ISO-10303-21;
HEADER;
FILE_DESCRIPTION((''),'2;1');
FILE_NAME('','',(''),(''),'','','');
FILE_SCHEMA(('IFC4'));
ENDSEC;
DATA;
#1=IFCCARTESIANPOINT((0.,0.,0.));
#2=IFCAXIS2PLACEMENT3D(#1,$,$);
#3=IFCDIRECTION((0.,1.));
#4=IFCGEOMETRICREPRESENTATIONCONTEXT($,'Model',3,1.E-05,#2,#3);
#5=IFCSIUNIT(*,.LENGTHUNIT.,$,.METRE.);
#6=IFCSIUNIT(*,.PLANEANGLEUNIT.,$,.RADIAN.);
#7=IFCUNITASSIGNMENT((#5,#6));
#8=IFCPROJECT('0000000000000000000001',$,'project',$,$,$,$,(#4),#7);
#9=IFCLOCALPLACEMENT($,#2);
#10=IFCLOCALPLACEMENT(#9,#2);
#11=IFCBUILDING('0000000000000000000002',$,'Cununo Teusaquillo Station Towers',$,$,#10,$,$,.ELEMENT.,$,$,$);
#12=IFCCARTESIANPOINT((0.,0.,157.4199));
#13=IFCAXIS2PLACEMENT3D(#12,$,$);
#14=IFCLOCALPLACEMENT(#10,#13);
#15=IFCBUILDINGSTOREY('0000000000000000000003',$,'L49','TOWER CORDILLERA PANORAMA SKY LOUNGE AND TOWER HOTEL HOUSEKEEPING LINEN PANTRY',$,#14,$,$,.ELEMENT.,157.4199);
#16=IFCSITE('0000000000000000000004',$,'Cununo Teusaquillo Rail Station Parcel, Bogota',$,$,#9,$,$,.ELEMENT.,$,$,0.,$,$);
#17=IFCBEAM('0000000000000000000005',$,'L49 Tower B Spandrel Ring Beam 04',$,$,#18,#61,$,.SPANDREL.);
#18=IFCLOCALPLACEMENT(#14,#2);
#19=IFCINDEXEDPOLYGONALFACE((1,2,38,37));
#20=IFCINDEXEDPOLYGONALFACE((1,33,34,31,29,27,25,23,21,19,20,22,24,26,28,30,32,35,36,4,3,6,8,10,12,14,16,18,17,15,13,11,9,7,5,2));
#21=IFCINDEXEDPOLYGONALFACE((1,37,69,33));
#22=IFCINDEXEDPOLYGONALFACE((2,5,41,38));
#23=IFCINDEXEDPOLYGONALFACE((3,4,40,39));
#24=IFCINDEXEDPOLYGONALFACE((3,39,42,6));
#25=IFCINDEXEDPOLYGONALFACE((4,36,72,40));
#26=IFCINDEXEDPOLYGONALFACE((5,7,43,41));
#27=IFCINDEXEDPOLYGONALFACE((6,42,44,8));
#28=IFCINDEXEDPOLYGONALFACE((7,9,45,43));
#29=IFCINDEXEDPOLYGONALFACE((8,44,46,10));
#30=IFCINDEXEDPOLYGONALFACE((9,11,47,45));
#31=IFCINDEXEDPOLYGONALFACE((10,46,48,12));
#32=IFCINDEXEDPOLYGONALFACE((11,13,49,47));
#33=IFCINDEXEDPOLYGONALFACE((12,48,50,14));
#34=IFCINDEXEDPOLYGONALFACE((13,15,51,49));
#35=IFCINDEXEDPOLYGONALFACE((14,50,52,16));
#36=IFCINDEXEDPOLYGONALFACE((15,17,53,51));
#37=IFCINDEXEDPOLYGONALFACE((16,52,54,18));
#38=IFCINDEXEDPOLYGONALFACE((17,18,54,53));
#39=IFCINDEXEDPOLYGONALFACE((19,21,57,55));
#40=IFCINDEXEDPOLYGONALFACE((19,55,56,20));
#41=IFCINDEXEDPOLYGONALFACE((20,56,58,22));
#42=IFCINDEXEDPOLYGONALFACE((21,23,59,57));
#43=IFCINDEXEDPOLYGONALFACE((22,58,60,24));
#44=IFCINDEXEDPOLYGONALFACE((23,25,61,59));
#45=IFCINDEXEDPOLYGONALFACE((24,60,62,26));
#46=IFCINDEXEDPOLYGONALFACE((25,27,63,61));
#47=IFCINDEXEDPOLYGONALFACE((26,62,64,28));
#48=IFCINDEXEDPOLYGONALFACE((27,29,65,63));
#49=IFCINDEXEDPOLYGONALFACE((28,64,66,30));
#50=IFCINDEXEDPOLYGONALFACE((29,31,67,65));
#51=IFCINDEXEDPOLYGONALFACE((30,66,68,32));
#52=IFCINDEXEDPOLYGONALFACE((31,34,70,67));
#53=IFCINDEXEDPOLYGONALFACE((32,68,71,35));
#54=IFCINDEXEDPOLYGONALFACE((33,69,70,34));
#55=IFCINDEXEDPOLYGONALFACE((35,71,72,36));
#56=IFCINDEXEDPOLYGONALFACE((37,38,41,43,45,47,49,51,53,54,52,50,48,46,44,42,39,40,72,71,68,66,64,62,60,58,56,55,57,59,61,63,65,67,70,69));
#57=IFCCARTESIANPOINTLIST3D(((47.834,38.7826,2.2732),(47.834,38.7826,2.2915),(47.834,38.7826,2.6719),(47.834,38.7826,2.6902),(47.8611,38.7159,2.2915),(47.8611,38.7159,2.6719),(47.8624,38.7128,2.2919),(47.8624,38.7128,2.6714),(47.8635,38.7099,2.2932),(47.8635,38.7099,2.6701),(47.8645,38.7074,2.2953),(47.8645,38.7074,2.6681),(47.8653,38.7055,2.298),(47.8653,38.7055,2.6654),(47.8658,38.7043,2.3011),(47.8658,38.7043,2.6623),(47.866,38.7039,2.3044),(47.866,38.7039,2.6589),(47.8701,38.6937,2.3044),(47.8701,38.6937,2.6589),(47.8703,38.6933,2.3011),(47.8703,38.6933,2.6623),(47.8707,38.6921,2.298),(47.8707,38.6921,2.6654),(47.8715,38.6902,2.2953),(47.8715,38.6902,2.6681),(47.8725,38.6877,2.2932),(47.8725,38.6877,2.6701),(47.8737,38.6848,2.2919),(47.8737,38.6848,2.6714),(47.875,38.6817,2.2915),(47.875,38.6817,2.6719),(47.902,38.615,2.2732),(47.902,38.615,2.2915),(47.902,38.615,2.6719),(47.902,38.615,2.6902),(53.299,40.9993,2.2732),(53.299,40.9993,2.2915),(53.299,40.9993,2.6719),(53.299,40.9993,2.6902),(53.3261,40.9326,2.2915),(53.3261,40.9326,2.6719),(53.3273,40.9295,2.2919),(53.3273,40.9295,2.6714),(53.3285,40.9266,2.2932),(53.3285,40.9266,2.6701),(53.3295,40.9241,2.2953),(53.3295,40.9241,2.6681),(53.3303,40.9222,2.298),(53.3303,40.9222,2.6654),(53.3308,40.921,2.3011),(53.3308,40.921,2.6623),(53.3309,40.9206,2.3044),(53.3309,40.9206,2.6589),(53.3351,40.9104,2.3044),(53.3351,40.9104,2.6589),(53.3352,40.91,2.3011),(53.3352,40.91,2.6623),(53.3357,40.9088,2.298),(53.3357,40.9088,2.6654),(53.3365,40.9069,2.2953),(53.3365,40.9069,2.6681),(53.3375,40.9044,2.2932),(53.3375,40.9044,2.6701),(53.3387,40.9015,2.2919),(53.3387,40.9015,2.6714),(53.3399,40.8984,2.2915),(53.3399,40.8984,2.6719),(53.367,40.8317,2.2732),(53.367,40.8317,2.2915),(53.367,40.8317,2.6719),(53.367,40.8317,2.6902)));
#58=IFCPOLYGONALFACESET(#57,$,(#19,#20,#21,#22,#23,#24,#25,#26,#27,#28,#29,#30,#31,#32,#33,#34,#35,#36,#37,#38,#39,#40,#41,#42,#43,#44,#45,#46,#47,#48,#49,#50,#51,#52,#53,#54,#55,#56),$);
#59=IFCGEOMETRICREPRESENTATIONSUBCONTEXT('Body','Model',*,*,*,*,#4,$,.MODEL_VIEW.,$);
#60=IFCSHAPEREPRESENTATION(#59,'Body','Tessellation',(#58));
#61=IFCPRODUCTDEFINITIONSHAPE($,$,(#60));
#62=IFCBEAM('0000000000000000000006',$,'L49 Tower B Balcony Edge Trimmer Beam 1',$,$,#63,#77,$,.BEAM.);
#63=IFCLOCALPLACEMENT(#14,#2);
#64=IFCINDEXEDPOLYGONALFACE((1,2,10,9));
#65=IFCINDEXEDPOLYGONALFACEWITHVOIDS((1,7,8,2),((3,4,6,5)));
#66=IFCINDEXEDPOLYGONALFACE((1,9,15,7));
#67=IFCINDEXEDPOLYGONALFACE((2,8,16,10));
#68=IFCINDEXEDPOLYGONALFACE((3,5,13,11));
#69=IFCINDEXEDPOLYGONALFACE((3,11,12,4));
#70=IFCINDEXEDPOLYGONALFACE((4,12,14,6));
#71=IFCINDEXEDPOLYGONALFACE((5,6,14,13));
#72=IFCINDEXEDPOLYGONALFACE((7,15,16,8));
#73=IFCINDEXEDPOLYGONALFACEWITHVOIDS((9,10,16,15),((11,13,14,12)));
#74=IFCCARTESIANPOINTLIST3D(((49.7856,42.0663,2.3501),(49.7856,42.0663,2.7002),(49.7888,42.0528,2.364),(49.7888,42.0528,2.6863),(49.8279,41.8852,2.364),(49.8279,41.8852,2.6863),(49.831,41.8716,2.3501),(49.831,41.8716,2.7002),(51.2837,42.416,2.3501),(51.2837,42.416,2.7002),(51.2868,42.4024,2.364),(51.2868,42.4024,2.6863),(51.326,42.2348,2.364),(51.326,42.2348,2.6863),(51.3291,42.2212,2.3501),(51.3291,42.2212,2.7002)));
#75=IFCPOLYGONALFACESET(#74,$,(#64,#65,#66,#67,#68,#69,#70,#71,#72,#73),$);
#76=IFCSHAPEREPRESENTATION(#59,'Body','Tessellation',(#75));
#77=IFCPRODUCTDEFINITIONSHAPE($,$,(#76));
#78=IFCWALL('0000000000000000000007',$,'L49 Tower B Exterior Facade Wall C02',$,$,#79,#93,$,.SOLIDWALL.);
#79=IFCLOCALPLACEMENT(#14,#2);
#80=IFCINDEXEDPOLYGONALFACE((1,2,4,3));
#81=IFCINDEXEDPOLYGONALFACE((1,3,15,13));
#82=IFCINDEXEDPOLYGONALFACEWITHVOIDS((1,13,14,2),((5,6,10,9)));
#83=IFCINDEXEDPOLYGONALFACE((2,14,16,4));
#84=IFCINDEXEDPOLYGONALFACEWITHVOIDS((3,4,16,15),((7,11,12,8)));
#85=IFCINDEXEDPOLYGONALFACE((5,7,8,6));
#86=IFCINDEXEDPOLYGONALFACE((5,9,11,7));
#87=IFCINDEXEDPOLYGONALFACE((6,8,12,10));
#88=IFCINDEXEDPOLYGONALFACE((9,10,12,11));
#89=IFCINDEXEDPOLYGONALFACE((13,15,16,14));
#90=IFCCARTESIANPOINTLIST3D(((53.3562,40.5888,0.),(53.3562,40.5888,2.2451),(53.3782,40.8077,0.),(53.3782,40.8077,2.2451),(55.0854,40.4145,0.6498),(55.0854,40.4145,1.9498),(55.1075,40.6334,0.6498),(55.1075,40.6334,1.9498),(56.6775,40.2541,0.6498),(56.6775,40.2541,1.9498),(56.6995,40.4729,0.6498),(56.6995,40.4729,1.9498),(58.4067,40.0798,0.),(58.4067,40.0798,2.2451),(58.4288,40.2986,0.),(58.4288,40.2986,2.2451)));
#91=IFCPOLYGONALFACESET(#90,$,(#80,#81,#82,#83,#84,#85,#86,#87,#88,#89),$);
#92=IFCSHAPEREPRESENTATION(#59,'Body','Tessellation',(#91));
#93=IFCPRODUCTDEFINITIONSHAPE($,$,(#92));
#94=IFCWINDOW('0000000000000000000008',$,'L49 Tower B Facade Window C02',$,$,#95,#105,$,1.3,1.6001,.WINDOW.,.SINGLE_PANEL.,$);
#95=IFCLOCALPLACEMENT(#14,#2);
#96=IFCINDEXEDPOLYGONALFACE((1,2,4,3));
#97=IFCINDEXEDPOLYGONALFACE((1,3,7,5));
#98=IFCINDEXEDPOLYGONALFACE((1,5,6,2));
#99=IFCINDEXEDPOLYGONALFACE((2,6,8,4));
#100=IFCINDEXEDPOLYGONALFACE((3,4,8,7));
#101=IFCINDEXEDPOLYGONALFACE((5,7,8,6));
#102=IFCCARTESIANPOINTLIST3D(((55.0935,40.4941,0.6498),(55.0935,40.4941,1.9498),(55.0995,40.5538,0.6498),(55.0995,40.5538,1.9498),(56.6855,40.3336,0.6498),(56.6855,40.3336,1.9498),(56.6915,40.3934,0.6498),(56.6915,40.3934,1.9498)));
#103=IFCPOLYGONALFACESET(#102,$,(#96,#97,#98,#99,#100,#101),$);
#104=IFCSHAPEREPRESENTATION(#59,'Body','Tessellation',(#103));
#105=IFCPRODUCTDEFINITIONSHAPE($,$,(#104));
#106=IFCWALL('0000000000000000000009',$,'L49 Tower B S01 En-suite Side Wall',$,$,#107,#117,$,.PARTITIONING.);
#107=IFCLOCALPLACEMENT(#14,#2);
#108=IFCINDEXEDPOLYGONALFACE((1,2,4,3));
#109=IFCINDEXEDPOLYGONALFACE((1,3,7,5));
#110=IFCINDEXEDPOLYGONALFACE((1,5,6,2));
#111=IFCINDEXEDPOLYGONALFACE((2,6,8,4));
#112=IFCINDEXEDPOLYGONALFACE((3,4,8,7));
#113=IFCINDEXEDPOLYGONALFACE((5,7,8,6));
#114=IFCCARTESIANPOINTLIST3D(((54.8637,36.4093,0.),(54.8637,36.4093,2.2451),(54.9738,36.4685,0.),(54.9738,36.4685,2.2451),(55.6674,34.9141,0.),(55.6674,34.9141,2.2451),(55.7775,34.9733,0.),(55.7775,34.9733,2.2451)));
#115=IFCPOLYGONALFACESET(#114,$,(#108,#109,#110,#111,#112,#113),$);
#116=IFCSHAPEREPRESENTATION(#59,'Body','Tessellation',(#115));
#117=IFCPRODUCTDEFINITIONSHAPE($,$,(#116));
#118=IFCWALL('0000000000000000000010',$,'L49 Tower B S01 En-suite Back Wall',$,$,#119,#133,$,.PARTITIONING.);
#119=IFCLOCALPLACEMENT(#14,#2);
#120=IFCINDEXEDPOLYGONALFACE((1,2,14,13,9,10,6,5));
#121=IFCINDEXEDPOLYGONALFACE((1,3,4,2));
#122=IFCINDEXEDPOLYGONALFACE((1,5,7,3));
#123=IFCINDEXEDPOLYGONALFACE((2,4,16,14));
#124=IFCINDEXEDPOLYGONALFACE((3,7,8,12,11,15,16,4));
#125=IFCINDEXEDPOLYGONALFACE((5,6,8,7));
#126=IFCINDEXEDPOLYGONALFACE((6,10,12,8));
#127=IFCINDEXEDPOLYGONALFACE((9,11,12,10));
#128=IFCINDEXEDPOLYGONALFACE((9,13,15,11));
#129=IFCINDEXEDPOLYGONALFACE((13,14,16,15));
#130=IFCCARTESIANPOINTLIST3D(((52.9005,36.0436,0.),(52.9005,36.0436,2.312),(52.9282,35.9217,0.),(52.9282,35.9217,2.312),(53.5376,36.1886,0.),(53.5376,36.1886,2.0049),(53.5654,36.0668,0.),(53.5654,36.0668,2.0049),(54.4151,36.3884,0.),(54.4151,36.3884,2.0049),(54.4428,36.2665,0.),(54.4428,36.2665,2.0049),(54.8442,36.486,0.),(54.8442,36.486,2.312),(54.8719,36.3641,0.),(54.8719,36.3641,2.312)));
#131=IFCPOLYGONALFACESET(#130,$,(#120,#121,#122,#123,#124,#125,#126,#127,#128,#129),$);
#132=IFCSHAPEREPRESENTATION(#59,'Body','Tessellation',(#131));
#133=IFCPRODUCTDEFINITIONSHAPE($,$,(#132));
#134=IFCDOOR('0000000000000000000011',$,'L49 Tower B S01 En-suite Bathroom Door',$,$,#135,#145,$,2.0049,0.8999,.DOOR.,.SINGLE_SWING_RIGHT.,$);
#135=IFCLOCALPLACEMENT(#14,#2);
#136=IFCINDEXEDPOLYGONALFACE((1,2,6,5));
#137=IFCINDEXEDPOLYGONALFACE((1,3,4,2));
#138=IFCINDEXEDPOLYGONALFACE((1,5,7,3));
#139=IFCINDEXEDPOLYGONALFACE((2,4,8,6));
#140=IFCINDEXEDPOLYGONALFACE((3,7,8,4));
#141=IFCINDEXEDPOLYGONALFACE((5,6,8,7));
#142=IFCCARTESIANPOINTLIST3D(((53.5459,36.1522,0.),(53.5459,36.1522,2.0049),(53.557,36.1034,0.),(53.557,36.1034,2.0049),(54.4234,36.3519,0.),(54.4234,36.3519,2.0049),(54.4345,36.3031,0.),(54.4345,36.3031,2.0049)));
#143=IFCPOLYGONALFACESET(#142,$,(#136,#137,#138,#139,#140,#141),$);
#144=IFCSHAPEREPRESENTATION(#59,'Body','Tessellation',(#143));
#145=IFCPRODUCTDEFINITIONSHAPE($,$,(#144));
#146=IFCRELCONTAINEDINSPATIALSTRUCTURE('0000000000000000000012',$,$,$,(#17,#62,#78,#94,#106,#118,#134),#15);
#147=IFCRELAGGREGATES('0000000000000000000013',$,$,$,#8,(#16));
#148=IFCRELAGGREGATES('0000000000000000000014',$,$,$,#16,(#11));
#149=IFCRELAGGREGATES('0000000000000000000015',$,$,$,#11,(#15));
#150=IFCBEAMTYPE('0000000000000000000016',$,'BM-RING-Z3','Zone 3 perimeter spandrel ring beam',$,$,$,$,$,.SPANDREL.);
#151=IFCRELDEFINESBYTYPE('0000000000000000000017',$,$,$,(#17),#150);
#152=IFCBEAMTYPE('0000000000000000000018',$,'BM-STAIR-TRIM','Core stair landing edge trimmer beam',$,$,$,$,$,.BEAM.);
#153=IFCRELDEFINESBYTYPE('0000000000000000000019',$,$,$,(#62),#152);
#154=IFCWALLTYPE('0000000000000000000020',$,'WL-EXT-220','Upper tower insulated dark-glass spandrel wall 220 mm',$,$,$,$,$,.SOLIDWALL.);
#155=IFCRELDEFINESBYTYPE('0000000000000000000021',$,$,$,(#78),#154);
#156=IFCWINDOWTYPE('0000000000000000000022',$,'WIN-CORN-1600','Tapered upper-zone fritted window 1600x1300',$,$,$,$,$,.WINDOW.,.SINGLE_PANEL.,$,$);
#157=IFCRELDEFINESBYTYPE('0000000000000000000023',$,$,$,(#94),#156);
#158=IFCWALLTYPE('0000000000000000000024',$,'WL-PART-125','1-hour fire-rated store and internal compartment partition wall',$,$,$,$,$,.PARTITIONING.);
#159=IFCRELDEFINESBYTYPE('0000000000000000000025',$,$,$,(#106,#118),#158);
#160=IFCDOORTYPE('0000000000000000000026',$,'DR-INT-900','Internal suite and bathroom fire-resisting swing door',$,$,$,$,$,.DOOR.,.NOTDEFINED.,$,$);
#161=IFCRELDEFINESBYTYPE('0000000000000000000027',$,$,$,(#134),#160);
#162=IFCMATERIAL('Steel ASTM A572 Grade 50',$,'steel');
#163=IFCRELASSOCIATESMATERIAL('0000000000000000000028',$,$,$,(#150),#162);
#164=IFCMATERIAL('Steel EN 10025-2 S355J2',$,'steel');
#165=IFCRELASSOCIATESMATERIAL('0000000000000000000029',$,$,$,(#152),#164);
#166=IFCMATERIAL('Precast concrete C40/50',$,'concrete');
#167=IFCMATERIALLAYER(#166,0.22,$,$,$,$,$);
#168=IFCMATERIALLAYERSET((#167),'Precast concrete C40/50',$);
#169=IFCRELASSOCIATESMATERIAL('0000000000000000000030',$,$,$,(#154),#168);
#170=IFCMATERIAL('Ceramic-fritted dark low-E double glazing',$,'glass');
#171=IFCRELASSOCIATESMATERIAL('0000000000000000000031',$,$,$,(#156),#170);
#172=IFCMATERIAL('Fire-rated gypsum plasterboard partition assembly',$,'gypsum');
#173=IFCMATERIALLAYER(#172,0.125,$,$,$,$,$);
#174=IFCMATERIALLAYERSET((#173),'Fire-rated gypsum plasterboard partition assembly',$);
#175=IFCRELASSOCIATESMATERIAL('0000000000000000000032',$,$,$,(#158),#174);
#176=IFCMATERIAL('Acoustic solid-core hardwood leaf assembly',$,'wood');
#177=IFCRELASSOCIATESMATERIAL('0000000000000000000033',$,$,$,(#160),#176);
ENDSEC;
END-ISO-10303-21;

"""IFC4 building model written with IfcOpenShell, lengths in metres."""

from ifc_helpers import new_model, si_unit, direction, frame, frame_2d, origin, origin_2d, place, context, subcontext, project, spatial, rectangle, hollow_rectangle, i_section, extrude, source, transform, mapped, material, layer, layer_set, material_profile, profile_set, type_object, element, fill, save


model = new_model("IFC4")

# Units and contexts
model_context = context("Model", 3, precision=1e-05, world=origin(), true_north=direction((0.0, 1.0)))
body_context = subcontext(model_context, "Body", "Model", "MODEL_VIEW")
ifc_project = project(units=[si_unit("LENGTHUNIT", "METRE"), si_unit("PLANEANGLEUNIT", "RADIAN")], contexts=[model_context])

# Site, building, storey
site_placement = place(None, origin())
site = spatial("IfcSite", under=ifc_project, at=site_placement, Name="Cununo Teusaquillo Rail Station Parcel, Bogota", CompositionType="ELEMENT", RefElevation=0.0)
building_placement = place(site_placement, origin())
building = spatial("IfcBuilding", under=site, at=building_placement, Name="Cununo Teusaquillo Station Towers", CompositionType="ELEMENT")
storey_placement = place(building_placement, frame((0.0, 0.0, 157.4199)))
storey = spatial("IfcBuildingStorey", under=building, at=storey_placement, Name="L49", Description="TOWER CORDILLERA PANORAMA SKY LOUNGE AND TOWER HOTEL HOUSEKEEPING LINEN PANTRY", CompositionType="ELEMENT", Elevation=157.4199)

# Beams
ifc_material_1 = material(Name="Steel ASTM A572 Grade 50", Category="steel")
ifc_material_profile_1 = material_profile(ifc_material_1, i_section(OverallWidth=0.1809, OverallDepth=0.417, WebThickness=0.011, FlangeThickness=0.0183, FilletRadius=0.0129, at=origin_2d()), Name="W16X57")
ifc_profile_set_1 = profile_set([ifc_material_profile_1], Name="Steel ASTM A572 Grade 50")
beam_type_1 = type_object("IfcBeamType", Name="BM-RING-Z3", Description="Zone 3 perimeter spandrel ring beam", PredefinedType="SPANDREL", material=ifc_profile_set_1)
beam_1_placement = place(storey_placement, frame((53.333, 40.9155, 2.4817), z_axis=(-0.926667, -0.375883, 0.0), x_axis=(0.375883, -0.926667, 0.0)))
element("IfcBeam", 1, at=beam_1_placement, inside=storey, type_object=beam_type_1, Name="L49 Tower B Spandrel Ring Beam 04", PredefinedType="SPANDREL", context=body_context, shape_type="SweptSolid", body=[
    extrude(i_section(OverallWidth=0.1809, OverallDepth=0.417, WebThickness=0.011, FlangeThickness=0.0183, FilletRadius=0.0129, at=origin_2d()), origin(), (0.0, 0.0, 1.0), 5.8975),
])
ifc_material_2 = material(Name="Steel EN 10025-2 S355J2", Category="steel")
ifc_material_profile_2 = material_profile(ifc_material_2, hollow_rectangle(XDim=0.2, YDim=0.3501, WallThickness=0.0139, at=origin_2d()), Name="RHS 350x200x14")
ifc_profile_set_2 = profile_set([ifc_material_profile_2], Name="Steel EN 10025-2 S355J2")
beam_type_2 = type_object("IfcBeamType", Name="BM-STAIR-TRIM", Description="Core stair landing edge trimmer beam", PredefinedType="BEAM", material=ifc_profile_set_2)
beam_2_placement = place(storey_placement, frame((51.3064, 42.3186, 2.5251), z_axis=(-0.973832, -0.22727, 0.0), x_axis=(0.22727, -0.973832, 0.0)))
element("IfcBeam", 2, at=beam_2_placement, inside=storey, type_object=beam_type_2, Name="L49 Tower B Balcony Edge Trimmer Beam 1", PredefinedType="BEAM", context=body_context, shape_type="SweptSolid", body=[
    extrude(hollow_rectangle(XDim=0.2, YDim=0.3501, WallThickness=0.0139, at=origin_2d()), origin(), (0.0, 0.0, 1.0), 1.5383),
])

# Wall, opening, window
ifc_material_3 = material(Name="Precast concrete C40/50", Category="concrete")
ifc_layer_1 = layer(ifc_material_3, 0.22)
ifc_layer_set_1 = layer_set([ifc_layer_1], Name="Precast concrete C40/50")
wall_type_1 = type_object("IfcWallType", Name="WL-EXT-220", Description="Upper tower insulated dark-glass spandrel wall 220 mm", PredefinedType="SOLIDWALL", material=ifc_layer_set_1)
wall_1_placement = place(storey_placement, frame((53.3672, 40.6982, 0.0), z_axis=(0.0, 0.0, 1.0), x_axis=(0.994959, -0.10028, 0.0)))
wall_1 = element("IfcWall", 3, at=wall_1_placement, inside=storey, type_object=wall_type_1, Name="L49 Tower B Exterior Facade Wall C02", PredefinedType="SOLIDWALL", context=body_context, shape_type="SweptSolid", body=[
    extrude(rectangle(XDim=5.0762, YDim=0.22, at=frame_2d((2.5381, 0.0))), origin(), (0.0, 0.0, 1.0), 2.2451),
])
shared_shape_1 = source(origin(), body_context, "Body", "SweptSolid", [
    extrude(rectangle(XDim=1.6001, YDim=1.3, at=frame_2d((0.8, 0.6499))), frame((0.0, 0.1199, 0.0), z_axis=(0.0, -1.0, 0.0), x_axis=(1.0, 0.0, 0.0)), (0.0, 0.0, 1.0), 0.24),
])
opening_1_placement = place(wall_1_placement, frame((1.738, 0.0, 0.6499)))
opening_1 = element("IfcOpeningElement", 4, at=opening_1_placement, cuts=wall_1, PredefinedType="OPENING", context=body_context, shape_type="MappedRepresentation", body=[
    mapped(shared_shape_1, transform((0.0, 0.0, 0.0), x_axis=(1.0, 0.0, 0.0), y_axis=(0.0, 1.0, 0.0), z_axis=(0.0, 0.0, 1.0), scale=1.0)),
])
ifc_material_4 = material(Name="Ceramic-fritted dark low-E double glazing", Category="glass")
window_type = type_object("IfcWindowType", Name="WIN-CORN-1600", Description="Tapered upper-zone fritted window 1600x1300", PartitioningType="SINGLE_PANEL", PredefinedType="WINDOW", material=ifc_material_4)
shared_shape_2 = source(origin(), body_context, "Body", "SweptSolid", [
    extrude(rectangle(XDim=1.6001, YDim=1.3, at=frame_2d((0.8, 0.6499))), frame((0.0, 0.03, 0.0), z_axis=(0.0, -1.0, 0.0), x_axis=(1.0, 0.0, 0.0)), (0.0, 0.0, 1.0), 0.0601),
])
window_placement = place(opening_1_placement, origin())
window = element("IfcWindow", 5, at=window_placement, inside=storey, type_object=window_type, Name="L49 Tower B Facade Window C02", OverallHeight=1.3, OverallWidth=1.6001, PartitioningType="SINGLE_PANEL", PredefinedType="WINDOW", context=body_context, shape_type="MappedRepresentation", body=[
    mapped(shared_shape_2, transform((0.0, 0.0, 0.0), x_axis=(1.0, 0.0, 0.0), y_axis=(0.0, 1.0, 0.0), z_axis=(0.0, 0.0, 1.0), scale=1.0)),
])
fill(opening_1, window)

# Wall
ifc_material_5 = material(Name="Fire-rated gypsum plasterboard partition assembly", Category="gypsum")
ifc_layer_2 = layer(ifc_material_5, 0.125)
ifc_layer_set_2 = layer_set([ifc_layer_2], Name="Fire-rated gypsum plasterboard partition assembly")
wall_type_2 = type_object("IfcWallType", Name="WL-PART-125", Description="1-hour fire-rated store and internal compartment partition wall", PredefinedType="PARTITIONING", material=ifc_layer_set_2)
wall_2_placement = place(storey_placement, frame((55.7224, 34.9438, 0.0), z_axis=(0.0, 0.0, 1.0), x_axis=(-0.473482, 0.880803, 0.0)))
element("IfcWall", 6, at=wall_2_placement, inside=storey, type_object=wall_type_2, Name="L49 Tower B S01 En-suite Side Wall", PredefinedType="PARTITIONING", context=body_context, shape_type="SweptSolid", body=[
    extrude(rectangle(XDim=1.6975, YDim=0.125, at=frame_2d((0.8486, 0.0))), origin(), (0.0, 0.0, 1.0), 2.2451),
])

# Wall, opening, door
wall_3_placement = place(storey_placement, frame((54.8579, 36.425, 0.0), z_axis=(0.0, 0.0, 1.0), x_axis=(-0.975062, -0.221933, 0.0)))
wall_3 = element("IfcWall", 7, at=wall_3_placement, inside=storey, type_object=wall_type_2, Name="L49 Tower B S01 En-suite Back Wall", PredefinedType="PARTITIONING", context=body_context, shape_type="SweptSolid", body=[
    extrude(rectangle(XDim=1.9934, YDim=0.125, at=frame_2d((0.9966, 0.0))), origin(), (0.0, 0.0, 1.0), 2.312),
])
shared_shape_3 = source(origin(), body_context, "Body", "SweptSolid", [
    extrude(rectangle(XDim=0.8999, YDim=2.0049, at=frame_2d((0.45, 1.0024))), frame((0.0, 0.0725, 0.0), z_axis=(0.0, -1.0, 0.0), x_axis=(1.0, 0.0, 0.0)), (0.0, 0.0, 1.0), 0.145),
])
opening_2_placement = place(wall_3_placement, frame((0.4399, 0.0, 0.0)))
opening_2 = element("IfcOpeningElement", 8, at=opening_2_placement, cuts=wall_3, PredefinedType="OPENING", context=body_context, shape_type="MappedRepresentation", body=[
    mapped(shared_shape_3, transform((0.0, 0.0, 0.0), x_axis=(1.0, 0.0, 0.0), y_axis=(0.0, 1.0, 0.0), z_axis=(0.0, 0.0, 1.0), scale=1.0)),
])
ifc_material_6 = material(Name="Acoustic solid-core hardwood leaf assembly", Category="wood")
door_type_1 = type_object("IfcDoorType", Name="DR-INT-900", Description="Internal suite and bathroom fire-resisting swing door", OperationType="NOTDEFINED", PredefinedType="DOOR", material=ifc_material_6)
shared_shape_4 = source(origin(), body_context, "Body", "SweptSolid", [
    extrude(rectangle(XDim=0.8999, YDim=2.0049, at=frame_2d((0.45, 1.0024))), frame((0.0, 0.0249, 0.0), z_axis=(0.0, -1.0, 0.0), x_axis=(1.0, 0.0, 0.0)), (0.0, 0.0, 1.0), 0.05),
])
door_1_placement = place(opening_2_placement, origin())
door_1 = element("IfcDoor", 9, at=door_1_placement, inside=storey, type_object=door_type_1, Name="L49 Tower B S01 En-suite Bathroom Door", OperationType="SINGLE_SWING_RIGHT", OverallHeight=2.0049, OverallWidth=0.8999, PredefinedType="DOOR", context=body_context, shape_type="MappedRepresentation", body=[
    mapped(shared_shape_4, transform((0.0, 0.0, 0.0), x_axis=(1.0, 0.0, 0.0), y_axis=(0.0, 1.0, 0.0), z_axis=(0.0, 0.0, 1.0), scale=1.0)),
])
fill(opening_2, door_1)

save(model, "model.ifc")
